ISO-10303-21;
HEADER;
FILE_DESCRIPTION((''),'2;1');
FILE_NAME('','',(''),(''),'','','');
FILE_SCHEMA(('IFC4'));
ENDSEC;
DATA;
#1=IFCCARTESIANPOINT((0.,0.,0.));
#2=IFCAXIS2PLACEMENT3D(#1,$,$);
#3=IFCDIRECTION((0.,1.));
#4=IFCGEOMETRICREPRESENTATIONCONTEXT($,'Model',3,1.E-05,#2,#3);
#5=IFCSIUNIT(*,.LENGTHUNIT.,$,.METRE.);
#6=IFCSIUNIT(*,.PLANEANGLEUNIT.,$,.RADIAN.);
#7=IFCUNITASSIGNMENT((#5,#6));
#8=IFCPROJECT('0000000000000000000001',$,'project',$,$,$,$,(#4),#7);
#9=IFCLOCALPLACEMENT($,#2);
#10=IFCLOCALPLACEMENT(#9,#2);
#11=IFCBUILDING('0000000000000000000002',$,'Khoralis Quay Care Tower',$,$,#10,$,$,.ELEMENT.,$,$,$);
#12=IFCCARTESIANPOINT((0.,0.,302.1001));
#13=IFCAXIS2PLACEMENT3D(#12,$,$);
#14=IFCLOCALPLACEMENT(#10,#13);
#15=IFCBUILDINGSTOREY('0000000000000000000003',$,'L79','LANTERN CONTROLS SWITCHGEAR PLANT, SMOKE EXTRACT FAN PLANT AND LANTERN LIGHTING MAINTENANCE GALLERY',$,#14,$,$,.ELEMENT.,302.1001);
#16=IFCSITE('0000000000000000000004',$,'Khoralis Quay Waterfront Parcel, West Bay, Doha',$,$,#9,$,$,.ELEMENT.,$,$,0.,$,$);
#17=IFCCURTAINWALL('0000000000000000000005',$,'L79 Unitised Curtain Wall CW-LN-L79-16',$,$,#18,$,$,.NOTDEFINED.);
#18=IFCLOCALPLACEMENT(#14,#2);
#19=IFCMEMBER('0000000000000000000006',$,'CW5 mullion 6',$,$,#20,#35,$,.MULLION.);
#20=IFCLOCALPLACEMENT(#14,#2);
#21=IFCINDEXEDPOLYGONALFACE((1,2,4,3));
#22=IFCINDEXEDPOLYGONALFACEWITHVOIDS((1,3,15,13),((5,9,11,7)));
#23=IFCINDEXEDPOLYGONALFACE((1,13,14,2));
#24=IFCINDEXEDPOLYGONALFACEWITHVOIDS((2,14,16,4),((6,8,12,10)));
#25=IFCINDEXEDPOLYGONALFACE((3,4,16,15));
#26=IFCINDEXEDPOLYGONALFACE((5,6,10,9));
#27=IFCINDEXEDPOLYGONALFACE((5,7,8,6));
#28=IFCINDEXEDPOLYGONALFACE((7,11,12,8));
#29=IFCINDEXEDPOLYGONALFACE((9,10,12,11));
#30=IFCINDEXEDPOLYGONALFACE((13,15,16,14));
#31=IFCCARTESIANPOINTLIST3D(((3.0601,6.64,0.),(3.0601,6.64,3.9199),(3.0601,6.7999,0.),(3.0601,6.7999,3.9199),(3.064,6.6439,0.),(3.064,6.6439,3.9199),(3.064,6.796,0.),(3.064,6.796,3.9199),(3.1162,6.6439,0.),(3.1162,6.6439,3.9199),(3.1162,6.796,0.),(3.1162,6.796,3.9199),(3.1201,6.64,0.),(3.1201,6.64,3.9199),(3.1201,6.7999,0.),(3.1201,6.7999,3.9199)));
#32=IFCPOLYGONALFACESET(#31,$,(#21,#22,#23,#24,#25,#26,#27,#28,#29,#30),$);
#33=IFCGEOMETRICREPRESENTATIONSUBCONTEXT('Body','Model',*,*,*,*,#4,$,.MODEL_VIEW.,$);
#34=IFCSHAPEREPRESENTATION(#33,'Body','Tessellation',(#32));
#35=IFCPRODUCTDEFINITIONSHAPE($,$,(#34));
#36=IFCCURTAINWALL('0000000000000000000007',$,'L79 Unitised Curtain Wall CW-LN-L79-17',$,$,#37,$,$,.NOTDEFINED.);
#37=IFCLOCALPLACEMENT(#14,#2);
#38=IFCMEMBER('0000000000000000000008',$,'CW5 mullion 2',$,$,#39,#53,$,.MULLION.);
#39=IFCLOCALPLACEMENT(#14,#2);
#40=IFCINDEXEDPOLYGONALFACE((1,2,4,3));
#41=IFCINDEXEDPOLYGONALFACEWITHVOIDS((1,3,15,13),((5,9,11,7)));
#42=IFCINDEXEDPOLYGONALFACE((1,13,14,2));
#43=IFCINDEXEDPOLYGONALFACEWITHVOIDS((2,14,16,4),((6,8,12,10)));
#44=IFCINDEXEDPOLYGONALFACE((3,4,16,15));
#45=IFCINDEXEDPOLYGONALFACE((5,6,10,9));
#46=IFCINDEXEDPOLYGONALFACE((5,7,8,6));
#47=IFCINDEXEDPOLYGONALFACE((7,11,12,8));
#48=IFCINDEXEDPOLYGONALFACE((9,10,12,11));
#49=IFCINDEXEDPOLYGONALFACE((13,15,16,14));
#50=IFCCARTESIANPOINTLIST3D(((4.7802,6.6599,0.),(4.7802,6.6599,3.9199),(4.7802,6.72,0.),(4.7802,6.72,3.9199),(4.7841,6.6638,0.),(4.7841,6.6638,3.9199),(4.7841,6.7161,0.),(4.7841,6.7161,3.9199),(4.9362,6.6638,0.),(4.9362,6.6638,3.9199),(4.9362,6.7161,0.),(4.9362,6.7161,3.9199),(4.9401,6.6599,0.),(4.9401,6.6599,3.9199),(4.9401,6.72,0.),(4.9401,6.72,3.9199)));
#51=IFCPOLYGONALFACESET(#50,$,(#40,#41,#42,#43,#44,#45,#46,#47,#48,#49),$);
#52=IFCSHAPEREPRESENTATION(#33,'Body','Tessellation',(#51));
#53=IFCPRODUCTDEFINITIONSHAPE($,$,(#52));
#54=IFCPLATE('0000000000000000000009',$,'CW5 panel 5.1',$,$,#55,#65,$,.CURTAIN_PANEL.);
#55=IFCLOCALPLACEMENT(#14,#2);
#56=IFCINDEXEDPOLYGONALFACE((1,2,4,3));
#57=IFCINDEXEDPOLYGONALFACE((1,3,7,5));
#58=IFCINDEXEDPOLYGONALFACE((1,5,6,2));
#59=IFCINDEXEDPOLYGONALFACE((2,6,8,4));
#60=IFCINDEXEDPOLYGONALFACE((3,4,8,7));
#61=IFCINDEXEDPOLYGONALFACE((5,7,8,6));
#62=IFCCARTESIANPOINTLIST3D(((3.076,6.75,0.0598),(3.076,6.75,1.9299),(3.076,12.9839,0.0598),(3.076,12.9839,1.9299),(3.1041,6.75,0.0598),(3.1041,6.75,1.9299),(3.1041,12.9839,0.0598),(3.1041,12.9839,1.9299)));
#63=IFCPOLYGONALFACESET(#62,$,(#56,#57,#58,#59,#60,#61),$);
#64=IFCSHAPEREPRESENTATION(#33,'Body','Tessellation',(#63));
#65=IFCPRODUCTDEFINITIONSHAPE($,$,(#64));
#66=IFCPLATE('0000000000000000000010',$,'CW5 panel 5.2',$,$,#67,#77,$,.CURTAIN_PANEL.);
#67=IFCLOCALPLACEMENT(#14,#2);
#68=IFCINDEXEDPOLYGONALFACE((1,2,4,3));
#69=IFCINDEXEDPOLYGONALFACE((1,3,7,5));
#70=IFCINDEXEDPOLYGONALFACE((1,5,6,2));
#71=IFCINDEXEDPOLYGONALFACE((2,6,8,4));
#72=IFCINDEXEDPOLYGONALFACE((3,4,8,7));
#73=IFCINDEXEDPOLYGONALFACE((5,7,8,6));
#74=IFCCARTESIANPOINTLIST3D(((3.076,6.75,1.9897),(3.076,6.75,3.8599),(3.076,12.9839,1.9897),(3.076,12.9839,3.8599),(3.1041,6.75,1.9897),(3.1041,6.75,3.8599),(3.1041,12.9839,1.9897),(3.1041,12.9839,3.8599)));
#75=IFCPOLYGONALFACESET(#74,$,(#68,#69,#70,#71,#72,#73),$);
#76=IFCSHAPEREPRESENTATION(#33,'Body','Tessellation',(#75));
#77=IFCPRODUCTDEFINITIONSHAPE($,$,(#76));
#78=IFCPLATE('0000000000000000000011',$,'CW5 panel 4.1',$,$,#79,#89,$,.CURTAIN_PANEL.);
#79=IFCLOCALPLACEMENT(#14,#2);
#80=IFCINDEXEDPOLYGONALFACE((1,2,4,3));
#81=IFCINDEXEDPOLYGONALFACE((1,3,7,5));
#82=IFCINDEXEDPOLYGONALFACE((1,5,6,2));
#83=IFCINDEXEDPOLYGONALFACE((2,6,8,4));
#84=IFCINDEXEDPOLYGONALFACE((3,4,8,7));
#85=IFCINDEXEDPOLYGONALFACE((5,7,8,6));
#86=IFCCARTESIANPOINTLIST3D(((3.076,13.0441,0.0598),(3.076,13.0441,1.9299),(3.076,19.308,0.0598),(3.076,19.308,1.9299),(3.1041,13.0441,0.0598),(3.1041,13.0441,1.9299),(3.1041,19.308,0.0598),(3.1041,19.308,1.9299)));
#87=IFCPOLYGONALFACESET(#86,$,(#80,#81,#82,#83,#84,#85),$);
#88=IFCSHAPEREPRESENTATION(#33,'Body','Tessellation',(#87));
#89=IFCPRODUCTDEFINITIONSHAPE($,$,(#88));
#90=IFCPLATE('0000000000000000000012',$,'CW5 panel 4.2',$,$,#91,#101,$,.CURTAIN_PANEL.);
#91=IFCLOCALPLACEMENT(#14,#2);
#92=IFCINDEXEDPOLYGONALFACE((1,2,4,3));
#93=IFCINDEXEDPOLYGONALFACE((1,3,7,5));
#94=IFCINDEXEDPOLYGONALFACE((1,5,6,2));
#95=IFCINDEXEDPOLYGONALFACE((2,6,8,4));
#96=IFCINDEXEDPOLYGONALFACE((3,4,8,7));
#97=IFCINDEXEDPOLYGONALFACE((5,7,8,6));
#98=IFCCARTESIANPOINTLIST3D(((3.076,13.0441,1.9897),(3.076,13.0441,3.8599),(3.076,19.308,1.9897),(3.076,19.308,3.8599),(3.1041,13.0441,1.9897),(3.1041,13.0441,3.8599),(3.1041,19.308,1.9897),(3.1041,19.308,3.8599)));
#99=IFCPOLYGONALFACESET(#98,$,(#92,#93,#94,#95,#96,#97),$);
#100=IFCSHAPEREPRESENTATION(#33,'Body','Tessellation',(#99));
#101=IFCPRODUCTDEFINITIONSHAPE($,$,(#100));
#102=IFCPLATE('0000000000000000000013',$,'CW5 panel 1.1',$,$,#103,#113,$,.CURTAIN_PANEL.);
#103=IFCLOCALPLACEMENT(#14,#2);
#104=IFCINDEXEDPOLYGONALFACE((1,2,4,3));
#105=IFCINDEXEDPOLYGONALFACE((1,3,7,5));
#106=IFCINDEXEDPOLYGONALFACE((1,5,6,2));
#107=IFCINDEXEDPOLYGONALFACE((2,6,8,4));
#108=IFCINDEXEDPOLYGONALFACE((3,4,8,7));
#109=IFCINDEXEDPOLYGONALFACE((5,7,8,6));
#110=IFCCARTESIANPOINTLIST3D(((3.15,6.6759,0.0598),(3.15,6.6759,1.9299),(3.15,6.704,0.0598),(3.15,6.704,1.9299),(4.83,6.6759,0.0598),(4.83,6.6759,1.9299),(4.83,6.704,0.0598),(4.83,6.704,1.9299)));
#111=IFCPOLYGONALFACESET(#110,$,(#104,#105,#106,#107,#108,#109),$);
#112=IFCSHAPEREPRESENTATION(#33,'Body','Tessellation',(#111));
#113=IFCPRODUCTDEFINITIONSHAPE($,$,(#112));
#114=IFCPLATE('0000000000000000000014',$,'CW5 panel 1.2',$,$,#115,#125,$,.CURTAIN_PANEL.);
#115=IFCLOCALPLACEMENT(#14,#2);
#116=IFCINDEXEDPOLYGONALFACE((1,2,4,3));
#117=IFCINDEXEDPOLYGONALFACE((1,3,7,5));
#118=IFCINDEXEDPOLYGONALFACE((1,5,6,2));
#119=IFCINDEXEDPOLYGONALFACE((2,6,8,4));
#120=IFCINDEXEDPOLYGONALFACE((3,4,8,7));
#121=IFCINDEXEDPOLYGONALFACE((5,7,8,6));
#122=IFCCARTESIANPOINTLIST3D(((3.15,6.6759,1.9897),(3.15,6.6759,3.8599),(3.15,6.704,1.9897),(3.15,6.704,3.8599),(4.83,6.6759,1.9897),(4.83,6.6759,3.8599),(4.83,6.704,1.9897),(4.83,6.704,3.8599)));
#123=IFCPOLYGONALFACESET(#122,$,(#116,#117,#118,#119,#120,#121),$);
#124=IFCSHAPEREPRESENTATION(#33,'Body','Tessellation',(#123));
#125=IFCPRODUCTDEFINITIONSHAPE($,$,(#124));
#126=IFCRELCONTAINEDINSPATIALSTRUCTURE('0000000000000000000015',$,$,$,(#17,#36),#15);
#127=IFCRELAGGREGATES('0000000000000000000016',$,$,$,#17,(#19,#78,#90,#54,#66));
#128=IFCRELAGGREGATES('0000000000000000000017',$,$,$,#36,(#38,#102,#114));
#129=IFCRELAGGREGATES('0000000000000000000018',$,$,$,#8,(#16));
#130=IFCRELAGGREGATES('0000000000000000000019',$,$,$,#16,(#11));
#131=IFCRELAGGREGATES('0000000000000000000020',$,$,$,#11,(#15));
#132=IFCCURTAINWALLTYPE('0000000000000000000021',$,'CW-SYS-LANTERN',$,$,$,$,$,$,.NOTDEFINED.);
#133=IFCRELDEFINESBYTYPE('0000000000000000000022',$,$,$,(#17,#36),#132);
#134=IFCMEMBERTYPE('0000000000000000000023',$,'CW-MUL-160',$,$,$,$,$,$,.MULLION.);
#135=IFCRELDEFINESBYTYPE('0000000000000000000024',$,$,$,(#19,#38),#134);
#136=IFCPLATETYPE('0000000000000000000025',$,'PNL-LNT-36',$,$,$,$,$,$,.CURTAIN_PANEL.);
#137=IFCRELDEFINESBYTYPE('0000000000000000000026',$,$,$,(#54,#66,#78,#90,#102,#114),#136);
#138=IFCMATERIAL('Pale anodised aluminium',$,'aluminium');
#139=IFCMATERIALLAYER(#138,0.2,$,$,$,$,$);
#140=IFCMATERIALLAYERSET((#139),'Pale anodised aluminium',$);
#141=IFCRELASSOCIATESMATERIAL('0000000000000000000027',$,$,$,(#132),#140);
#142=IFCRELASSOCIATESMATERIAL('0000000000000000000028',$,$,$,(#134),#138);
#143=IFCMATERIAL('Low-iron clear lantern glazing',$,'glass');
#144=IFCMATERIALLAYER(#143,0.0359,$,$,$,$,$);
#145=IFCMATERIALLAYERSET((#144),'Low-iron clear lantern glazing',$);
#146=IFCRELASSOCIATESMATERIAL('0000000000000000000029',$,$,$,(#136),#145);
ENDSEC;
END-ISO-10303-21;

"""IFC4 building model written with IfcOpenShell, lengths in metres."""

from ifc_helpers import new_model, si_unit, direction, frame, origin, origin_2d, place, context, subcontext, project, spatial, rectangle, hollow_rectangle, extrude, source, transform, mapped, material, layer, layer_set, material_profile, profile_set, type_object, element, aggregate, save


model = new_model("IFC4")

# Units and contexts
model_context = context("Model", 3, precision=1e-05, world=origin(), true_north=direction((0.0, 1.0)))
body_context = subcontext(model_context, "Body", "Model", "MODEL_VIEW")
ifc_project = project(units=[si_unit("LENGTHUNIT", "METRE"), si_unit("PLANEANGLEUNIT", "RADIAN")], contexts=[model_context])

# Site, building, storey
site_placement = place(None, origin())
site = spatial("IfcSite", under=ifc_project, at=site_placement, Name="Khoralis Quay Waterfront Parcel, West Bay, Doha", CompositionType="ELEMENT", RefElevation=0.0)
building_placement = place(site_placement, origin())
building = spatial("IfcBuilding", under=site, at=building_placement, Name="Khoralis Quay Care Tower", CompositionType="ELEMENT")
storey_placement = place(building_placement, frame((0.0, 0.0, 302.1001)))
storey = spatial("IfcBuildingStorey", under=building, at=storey_placement, Name="L79", Description="LANTERN CONTROLS SWITCHGEAR PLANT, SMOKE EXTRACT FAN PLANT AND LANTERN LIGHTING MAINTENANCE GALLERY", CompositionType="ELEMENT", Elevation=302.1001)

# Curtain wall, member
ifc_material_1 = material(Name="Pale anodised aluminium", Category="aluminium")
ifc_layer_1 = layer(ifc_material_1, 0.2)
ifc_layer_set_1 = layer_set([ifc_layer_1], Name="Pale anodised aluminium")
curtain_wall_type = type_object("IfcCurtainWallType", Name="CW-SYS-LANTERN", PredefinedType="NOTDEFINED", material=ifc_layer_set_1)
curtain_wall_1_placement = place(storey_placement, origin())
curtain_wall_1 = element("IfcCurtainWall", 1, at=curtain_wall_1_placement, inside=storey, type_object=curtain_wall_type, Name="L79 Unitised Curtain Wall CW-LN-L79-16", PredefinedType="NOTDEFINED")
ifc_material_profile_1 = material_profile(ifc_material_1, hollow_rectangle(XDim=0.0601, YDim=0.1599, WallThickness=0.0039, at=origin_2d()), Name="Pale anodised aluminium")
ifc_profile_set_1 = profile_set([ifc_material_profile_1], Name="Pale anodised aluminium")
member_type_1 = type_object("IfcMemberType", Name="CW-MUL-160", PredefinedType="MULLION", material=ifc_profile_set_1)
shared_shape_1 = source(origin(), body_context, "Body", "SweptSolid", [
    extrude(hollow_rectangle(XDim=0.0601, YDim=0.1599, WallThickness=0.0039, at=origin_2d()), origin(), (0.0, 0.0, 1.0), 3.9199),
])
member_1_placement = place(storey_placement, frame((3.0901, 6.72, 0.0), z_axis=(0.0, 0.0, 1.0), x_axis=(1.0, 0.0, 0.0)))
member_1 = element("IfcMember", 2, at=member_1_placement, type_object=member_type_1, Name="CW5 mullion 6", PredefinedType="MULLION", context=body_context, shape_type="MappedRepresentation", body=[
    mapped(shared_shape_1, transform((0.0, 0.0, 0.0), scale=1.0)),
])

# Curtain wall, member
curtain_wall_2_placement = place(storey_placement, origin())
curtain_wall_2 = element("IfcCurtainWall", 3, at=curtain_wall_2_placement, inside=storey, type_object=curtain_wall_type, Name="L79 Unitised Curtain Wall CW-LN-L79-17", PredefinedType="NOTDEFINED")
member_2_placement = place(storey_placement, frame((4.8601, 6.6899, 0.0), z_axis=(0.0, 0.0, 1.0), x_axis=(0.0, 1.0, 0.0)))
member_2 = element("IfcMember", 4, at=member_2_placement, type_object=member_type_1, Name="CW5 mullion 2", PredefinedType="MULLION", context=body_context, shape_type="MappedRepresentation", body=[
    mapped(shared_shape_1, transform((0.0, 0.0, 0.0), scale=1.0)),
])

# Plates
ifc_material_2 = material(Name="Low-iron clear lantern glazing", Category="glass")
ifc_layer_2 = layer(ifc_material_2, 0.0359)
ifc_layer_set_2 = layer_set([ifc_layer_2], Name="Low-iron clear lantern glazing")
plate_type = type_object("IfcPlateType", Name="PNL-LNT-36", PredefinedType="CURTAIN_PANEL", material=ifc_layer_set_2)
shared_shape_2 = source(origin(), body_context, "Body", "SweptSolid", [
    extrude(rectangle(XDim=6.2339, YDim=0.0281, at=origin_2d()), origin(), (0.0, 0.0, 1.0), 1.8701),
])
plate_1_placement = place(storey_placement, frame((3.0901, 9.8669, 0.0598), z_axis=(0.0, 0.0, 1.0), x_axis=(0.0, -1.0, 0.0)))
plate_1 = element("IfcPlate", 5, at=plate_1_placement, type_object=plate_type, Name="CW5 panel 5.1", PredefinedType="CURTAIN_PANEL", context=body_context, shape_type="MappedRepresentation", body=[
    mapped(shared_shape_2, transform((0.0, 0.0, 0.0), scale=1.0)),
])
plate_2_placement = place(storey_placement, frame((3.0901, 9.8669, 1.9897), z_axis=(0.0, 0.0, 1.0), x_axis=(0.0, -1.0, 0.0)))
plate_2 = element("IfcPlate", 6, at=plate_2_placement, type_object=plate_type, Name="CW5 panel 5.2", PredefinedType="CURTAIN_PANEL", context=body_context, shape_type="MappedRepresentation", body=[
    mapped(shared_shape_2, transform((0.0, 0.0, 0.0), scale=1.0)),
])
shared_shape_3 = source(origin(), body_context, "Body", "SweptSolid", [
    extrude(rectangle(XDim=6.2639, YDim=0.0281, at=origin_2d()), origin(), (0.0, 0.0, 1.0), 1.8701),
])
plate_3_placement = place(storey_placement, frame((3.0901, 16.176, 0.0598), z_axis=(0.0, 0.0, 1.0), x_axis=(0.0, -1.0, 0.0)))
plate_3 = element("IfcPlate", 7, at=plate_3_placement, type_object=plate_type, Name="CW5 panel 4.1", PredefinedType="CURTAIN_PANEL", context=body_context, shape_type="MappedRepresentation", body=[
    mapped(shared_shape_3, transform((0.0, 0.0, 0.0), scale=1.0)),
])
plate_4_placement = place(storey_placement, frame((3.0901, 16.176, 1.9897), z_axis=(0.0, 0.0, 1.0), x_axis=(0.0, -1.0, 0.0)))
plate_4 = element("IfcPlate", 8, at=plate_4_placement, type_object=plate_type, Name="CW5 panel 4.2", PredefinedType="CURTAIN_PANEL", context=body_context, shape_type="MappedRepresentation", body=[
    mapped(shared_shape_3, transform((0.0, 0.0, 0.0), scale=1.0)),
])
aggregate(curtain_wall_1, [member_1, plate_3, plate_4, plate_1, plate_2])
shared_shape_4 = source(origin(), body_context, "Body", "SweptSolid", [
    extrude(rectangle(XDim=1.6799, YDim=0.0281, at=origin_2d()), origin(), (0.0, 0.0, 1.0), 1.8701),
])
plate_5_placement = place(storey_placement, frame((3.99, 6.6899, 0.0598), z_axis=(0.0, 0.0, 1.0), x_axis=(1.0, 0.0, 0.0)))
plate_5 = element("IfcPlate", 9, at=plate_5_placement, type_object=plate_type, Name="CW5 panel 1.1", PredefinedType="CURTAIN_PANEL", context=body_context, shape_type="MappedRepresentation", body=[
    mapped(shared_shape_4, transform((0.0, 0.0, 0.0), scale=1.0)),
])
plate_6_placement = place(storey_placement, frame((3.99, 6.6899, 1.9897), z_axis=(0.0, 0.0, 1.0), x_axis=(1.0, 0.0, 0.0)))
plate_6 = element("IfcPlate", 10, at=plate_6_placement, type_object=plate_type, Name="CW5 panel 1.2", PredefinedType="CURTAIN_PANEL", context=body_context, shape_type="MappedRepresentation", body=[
    mapped(shared_shape_4, transform((0.0, 0.0, 0.0), scale=1.0)),
])
aggregate(curtain_wall_2, [member_2, plate_5, plate_6])

save(model, "model.ifc")
